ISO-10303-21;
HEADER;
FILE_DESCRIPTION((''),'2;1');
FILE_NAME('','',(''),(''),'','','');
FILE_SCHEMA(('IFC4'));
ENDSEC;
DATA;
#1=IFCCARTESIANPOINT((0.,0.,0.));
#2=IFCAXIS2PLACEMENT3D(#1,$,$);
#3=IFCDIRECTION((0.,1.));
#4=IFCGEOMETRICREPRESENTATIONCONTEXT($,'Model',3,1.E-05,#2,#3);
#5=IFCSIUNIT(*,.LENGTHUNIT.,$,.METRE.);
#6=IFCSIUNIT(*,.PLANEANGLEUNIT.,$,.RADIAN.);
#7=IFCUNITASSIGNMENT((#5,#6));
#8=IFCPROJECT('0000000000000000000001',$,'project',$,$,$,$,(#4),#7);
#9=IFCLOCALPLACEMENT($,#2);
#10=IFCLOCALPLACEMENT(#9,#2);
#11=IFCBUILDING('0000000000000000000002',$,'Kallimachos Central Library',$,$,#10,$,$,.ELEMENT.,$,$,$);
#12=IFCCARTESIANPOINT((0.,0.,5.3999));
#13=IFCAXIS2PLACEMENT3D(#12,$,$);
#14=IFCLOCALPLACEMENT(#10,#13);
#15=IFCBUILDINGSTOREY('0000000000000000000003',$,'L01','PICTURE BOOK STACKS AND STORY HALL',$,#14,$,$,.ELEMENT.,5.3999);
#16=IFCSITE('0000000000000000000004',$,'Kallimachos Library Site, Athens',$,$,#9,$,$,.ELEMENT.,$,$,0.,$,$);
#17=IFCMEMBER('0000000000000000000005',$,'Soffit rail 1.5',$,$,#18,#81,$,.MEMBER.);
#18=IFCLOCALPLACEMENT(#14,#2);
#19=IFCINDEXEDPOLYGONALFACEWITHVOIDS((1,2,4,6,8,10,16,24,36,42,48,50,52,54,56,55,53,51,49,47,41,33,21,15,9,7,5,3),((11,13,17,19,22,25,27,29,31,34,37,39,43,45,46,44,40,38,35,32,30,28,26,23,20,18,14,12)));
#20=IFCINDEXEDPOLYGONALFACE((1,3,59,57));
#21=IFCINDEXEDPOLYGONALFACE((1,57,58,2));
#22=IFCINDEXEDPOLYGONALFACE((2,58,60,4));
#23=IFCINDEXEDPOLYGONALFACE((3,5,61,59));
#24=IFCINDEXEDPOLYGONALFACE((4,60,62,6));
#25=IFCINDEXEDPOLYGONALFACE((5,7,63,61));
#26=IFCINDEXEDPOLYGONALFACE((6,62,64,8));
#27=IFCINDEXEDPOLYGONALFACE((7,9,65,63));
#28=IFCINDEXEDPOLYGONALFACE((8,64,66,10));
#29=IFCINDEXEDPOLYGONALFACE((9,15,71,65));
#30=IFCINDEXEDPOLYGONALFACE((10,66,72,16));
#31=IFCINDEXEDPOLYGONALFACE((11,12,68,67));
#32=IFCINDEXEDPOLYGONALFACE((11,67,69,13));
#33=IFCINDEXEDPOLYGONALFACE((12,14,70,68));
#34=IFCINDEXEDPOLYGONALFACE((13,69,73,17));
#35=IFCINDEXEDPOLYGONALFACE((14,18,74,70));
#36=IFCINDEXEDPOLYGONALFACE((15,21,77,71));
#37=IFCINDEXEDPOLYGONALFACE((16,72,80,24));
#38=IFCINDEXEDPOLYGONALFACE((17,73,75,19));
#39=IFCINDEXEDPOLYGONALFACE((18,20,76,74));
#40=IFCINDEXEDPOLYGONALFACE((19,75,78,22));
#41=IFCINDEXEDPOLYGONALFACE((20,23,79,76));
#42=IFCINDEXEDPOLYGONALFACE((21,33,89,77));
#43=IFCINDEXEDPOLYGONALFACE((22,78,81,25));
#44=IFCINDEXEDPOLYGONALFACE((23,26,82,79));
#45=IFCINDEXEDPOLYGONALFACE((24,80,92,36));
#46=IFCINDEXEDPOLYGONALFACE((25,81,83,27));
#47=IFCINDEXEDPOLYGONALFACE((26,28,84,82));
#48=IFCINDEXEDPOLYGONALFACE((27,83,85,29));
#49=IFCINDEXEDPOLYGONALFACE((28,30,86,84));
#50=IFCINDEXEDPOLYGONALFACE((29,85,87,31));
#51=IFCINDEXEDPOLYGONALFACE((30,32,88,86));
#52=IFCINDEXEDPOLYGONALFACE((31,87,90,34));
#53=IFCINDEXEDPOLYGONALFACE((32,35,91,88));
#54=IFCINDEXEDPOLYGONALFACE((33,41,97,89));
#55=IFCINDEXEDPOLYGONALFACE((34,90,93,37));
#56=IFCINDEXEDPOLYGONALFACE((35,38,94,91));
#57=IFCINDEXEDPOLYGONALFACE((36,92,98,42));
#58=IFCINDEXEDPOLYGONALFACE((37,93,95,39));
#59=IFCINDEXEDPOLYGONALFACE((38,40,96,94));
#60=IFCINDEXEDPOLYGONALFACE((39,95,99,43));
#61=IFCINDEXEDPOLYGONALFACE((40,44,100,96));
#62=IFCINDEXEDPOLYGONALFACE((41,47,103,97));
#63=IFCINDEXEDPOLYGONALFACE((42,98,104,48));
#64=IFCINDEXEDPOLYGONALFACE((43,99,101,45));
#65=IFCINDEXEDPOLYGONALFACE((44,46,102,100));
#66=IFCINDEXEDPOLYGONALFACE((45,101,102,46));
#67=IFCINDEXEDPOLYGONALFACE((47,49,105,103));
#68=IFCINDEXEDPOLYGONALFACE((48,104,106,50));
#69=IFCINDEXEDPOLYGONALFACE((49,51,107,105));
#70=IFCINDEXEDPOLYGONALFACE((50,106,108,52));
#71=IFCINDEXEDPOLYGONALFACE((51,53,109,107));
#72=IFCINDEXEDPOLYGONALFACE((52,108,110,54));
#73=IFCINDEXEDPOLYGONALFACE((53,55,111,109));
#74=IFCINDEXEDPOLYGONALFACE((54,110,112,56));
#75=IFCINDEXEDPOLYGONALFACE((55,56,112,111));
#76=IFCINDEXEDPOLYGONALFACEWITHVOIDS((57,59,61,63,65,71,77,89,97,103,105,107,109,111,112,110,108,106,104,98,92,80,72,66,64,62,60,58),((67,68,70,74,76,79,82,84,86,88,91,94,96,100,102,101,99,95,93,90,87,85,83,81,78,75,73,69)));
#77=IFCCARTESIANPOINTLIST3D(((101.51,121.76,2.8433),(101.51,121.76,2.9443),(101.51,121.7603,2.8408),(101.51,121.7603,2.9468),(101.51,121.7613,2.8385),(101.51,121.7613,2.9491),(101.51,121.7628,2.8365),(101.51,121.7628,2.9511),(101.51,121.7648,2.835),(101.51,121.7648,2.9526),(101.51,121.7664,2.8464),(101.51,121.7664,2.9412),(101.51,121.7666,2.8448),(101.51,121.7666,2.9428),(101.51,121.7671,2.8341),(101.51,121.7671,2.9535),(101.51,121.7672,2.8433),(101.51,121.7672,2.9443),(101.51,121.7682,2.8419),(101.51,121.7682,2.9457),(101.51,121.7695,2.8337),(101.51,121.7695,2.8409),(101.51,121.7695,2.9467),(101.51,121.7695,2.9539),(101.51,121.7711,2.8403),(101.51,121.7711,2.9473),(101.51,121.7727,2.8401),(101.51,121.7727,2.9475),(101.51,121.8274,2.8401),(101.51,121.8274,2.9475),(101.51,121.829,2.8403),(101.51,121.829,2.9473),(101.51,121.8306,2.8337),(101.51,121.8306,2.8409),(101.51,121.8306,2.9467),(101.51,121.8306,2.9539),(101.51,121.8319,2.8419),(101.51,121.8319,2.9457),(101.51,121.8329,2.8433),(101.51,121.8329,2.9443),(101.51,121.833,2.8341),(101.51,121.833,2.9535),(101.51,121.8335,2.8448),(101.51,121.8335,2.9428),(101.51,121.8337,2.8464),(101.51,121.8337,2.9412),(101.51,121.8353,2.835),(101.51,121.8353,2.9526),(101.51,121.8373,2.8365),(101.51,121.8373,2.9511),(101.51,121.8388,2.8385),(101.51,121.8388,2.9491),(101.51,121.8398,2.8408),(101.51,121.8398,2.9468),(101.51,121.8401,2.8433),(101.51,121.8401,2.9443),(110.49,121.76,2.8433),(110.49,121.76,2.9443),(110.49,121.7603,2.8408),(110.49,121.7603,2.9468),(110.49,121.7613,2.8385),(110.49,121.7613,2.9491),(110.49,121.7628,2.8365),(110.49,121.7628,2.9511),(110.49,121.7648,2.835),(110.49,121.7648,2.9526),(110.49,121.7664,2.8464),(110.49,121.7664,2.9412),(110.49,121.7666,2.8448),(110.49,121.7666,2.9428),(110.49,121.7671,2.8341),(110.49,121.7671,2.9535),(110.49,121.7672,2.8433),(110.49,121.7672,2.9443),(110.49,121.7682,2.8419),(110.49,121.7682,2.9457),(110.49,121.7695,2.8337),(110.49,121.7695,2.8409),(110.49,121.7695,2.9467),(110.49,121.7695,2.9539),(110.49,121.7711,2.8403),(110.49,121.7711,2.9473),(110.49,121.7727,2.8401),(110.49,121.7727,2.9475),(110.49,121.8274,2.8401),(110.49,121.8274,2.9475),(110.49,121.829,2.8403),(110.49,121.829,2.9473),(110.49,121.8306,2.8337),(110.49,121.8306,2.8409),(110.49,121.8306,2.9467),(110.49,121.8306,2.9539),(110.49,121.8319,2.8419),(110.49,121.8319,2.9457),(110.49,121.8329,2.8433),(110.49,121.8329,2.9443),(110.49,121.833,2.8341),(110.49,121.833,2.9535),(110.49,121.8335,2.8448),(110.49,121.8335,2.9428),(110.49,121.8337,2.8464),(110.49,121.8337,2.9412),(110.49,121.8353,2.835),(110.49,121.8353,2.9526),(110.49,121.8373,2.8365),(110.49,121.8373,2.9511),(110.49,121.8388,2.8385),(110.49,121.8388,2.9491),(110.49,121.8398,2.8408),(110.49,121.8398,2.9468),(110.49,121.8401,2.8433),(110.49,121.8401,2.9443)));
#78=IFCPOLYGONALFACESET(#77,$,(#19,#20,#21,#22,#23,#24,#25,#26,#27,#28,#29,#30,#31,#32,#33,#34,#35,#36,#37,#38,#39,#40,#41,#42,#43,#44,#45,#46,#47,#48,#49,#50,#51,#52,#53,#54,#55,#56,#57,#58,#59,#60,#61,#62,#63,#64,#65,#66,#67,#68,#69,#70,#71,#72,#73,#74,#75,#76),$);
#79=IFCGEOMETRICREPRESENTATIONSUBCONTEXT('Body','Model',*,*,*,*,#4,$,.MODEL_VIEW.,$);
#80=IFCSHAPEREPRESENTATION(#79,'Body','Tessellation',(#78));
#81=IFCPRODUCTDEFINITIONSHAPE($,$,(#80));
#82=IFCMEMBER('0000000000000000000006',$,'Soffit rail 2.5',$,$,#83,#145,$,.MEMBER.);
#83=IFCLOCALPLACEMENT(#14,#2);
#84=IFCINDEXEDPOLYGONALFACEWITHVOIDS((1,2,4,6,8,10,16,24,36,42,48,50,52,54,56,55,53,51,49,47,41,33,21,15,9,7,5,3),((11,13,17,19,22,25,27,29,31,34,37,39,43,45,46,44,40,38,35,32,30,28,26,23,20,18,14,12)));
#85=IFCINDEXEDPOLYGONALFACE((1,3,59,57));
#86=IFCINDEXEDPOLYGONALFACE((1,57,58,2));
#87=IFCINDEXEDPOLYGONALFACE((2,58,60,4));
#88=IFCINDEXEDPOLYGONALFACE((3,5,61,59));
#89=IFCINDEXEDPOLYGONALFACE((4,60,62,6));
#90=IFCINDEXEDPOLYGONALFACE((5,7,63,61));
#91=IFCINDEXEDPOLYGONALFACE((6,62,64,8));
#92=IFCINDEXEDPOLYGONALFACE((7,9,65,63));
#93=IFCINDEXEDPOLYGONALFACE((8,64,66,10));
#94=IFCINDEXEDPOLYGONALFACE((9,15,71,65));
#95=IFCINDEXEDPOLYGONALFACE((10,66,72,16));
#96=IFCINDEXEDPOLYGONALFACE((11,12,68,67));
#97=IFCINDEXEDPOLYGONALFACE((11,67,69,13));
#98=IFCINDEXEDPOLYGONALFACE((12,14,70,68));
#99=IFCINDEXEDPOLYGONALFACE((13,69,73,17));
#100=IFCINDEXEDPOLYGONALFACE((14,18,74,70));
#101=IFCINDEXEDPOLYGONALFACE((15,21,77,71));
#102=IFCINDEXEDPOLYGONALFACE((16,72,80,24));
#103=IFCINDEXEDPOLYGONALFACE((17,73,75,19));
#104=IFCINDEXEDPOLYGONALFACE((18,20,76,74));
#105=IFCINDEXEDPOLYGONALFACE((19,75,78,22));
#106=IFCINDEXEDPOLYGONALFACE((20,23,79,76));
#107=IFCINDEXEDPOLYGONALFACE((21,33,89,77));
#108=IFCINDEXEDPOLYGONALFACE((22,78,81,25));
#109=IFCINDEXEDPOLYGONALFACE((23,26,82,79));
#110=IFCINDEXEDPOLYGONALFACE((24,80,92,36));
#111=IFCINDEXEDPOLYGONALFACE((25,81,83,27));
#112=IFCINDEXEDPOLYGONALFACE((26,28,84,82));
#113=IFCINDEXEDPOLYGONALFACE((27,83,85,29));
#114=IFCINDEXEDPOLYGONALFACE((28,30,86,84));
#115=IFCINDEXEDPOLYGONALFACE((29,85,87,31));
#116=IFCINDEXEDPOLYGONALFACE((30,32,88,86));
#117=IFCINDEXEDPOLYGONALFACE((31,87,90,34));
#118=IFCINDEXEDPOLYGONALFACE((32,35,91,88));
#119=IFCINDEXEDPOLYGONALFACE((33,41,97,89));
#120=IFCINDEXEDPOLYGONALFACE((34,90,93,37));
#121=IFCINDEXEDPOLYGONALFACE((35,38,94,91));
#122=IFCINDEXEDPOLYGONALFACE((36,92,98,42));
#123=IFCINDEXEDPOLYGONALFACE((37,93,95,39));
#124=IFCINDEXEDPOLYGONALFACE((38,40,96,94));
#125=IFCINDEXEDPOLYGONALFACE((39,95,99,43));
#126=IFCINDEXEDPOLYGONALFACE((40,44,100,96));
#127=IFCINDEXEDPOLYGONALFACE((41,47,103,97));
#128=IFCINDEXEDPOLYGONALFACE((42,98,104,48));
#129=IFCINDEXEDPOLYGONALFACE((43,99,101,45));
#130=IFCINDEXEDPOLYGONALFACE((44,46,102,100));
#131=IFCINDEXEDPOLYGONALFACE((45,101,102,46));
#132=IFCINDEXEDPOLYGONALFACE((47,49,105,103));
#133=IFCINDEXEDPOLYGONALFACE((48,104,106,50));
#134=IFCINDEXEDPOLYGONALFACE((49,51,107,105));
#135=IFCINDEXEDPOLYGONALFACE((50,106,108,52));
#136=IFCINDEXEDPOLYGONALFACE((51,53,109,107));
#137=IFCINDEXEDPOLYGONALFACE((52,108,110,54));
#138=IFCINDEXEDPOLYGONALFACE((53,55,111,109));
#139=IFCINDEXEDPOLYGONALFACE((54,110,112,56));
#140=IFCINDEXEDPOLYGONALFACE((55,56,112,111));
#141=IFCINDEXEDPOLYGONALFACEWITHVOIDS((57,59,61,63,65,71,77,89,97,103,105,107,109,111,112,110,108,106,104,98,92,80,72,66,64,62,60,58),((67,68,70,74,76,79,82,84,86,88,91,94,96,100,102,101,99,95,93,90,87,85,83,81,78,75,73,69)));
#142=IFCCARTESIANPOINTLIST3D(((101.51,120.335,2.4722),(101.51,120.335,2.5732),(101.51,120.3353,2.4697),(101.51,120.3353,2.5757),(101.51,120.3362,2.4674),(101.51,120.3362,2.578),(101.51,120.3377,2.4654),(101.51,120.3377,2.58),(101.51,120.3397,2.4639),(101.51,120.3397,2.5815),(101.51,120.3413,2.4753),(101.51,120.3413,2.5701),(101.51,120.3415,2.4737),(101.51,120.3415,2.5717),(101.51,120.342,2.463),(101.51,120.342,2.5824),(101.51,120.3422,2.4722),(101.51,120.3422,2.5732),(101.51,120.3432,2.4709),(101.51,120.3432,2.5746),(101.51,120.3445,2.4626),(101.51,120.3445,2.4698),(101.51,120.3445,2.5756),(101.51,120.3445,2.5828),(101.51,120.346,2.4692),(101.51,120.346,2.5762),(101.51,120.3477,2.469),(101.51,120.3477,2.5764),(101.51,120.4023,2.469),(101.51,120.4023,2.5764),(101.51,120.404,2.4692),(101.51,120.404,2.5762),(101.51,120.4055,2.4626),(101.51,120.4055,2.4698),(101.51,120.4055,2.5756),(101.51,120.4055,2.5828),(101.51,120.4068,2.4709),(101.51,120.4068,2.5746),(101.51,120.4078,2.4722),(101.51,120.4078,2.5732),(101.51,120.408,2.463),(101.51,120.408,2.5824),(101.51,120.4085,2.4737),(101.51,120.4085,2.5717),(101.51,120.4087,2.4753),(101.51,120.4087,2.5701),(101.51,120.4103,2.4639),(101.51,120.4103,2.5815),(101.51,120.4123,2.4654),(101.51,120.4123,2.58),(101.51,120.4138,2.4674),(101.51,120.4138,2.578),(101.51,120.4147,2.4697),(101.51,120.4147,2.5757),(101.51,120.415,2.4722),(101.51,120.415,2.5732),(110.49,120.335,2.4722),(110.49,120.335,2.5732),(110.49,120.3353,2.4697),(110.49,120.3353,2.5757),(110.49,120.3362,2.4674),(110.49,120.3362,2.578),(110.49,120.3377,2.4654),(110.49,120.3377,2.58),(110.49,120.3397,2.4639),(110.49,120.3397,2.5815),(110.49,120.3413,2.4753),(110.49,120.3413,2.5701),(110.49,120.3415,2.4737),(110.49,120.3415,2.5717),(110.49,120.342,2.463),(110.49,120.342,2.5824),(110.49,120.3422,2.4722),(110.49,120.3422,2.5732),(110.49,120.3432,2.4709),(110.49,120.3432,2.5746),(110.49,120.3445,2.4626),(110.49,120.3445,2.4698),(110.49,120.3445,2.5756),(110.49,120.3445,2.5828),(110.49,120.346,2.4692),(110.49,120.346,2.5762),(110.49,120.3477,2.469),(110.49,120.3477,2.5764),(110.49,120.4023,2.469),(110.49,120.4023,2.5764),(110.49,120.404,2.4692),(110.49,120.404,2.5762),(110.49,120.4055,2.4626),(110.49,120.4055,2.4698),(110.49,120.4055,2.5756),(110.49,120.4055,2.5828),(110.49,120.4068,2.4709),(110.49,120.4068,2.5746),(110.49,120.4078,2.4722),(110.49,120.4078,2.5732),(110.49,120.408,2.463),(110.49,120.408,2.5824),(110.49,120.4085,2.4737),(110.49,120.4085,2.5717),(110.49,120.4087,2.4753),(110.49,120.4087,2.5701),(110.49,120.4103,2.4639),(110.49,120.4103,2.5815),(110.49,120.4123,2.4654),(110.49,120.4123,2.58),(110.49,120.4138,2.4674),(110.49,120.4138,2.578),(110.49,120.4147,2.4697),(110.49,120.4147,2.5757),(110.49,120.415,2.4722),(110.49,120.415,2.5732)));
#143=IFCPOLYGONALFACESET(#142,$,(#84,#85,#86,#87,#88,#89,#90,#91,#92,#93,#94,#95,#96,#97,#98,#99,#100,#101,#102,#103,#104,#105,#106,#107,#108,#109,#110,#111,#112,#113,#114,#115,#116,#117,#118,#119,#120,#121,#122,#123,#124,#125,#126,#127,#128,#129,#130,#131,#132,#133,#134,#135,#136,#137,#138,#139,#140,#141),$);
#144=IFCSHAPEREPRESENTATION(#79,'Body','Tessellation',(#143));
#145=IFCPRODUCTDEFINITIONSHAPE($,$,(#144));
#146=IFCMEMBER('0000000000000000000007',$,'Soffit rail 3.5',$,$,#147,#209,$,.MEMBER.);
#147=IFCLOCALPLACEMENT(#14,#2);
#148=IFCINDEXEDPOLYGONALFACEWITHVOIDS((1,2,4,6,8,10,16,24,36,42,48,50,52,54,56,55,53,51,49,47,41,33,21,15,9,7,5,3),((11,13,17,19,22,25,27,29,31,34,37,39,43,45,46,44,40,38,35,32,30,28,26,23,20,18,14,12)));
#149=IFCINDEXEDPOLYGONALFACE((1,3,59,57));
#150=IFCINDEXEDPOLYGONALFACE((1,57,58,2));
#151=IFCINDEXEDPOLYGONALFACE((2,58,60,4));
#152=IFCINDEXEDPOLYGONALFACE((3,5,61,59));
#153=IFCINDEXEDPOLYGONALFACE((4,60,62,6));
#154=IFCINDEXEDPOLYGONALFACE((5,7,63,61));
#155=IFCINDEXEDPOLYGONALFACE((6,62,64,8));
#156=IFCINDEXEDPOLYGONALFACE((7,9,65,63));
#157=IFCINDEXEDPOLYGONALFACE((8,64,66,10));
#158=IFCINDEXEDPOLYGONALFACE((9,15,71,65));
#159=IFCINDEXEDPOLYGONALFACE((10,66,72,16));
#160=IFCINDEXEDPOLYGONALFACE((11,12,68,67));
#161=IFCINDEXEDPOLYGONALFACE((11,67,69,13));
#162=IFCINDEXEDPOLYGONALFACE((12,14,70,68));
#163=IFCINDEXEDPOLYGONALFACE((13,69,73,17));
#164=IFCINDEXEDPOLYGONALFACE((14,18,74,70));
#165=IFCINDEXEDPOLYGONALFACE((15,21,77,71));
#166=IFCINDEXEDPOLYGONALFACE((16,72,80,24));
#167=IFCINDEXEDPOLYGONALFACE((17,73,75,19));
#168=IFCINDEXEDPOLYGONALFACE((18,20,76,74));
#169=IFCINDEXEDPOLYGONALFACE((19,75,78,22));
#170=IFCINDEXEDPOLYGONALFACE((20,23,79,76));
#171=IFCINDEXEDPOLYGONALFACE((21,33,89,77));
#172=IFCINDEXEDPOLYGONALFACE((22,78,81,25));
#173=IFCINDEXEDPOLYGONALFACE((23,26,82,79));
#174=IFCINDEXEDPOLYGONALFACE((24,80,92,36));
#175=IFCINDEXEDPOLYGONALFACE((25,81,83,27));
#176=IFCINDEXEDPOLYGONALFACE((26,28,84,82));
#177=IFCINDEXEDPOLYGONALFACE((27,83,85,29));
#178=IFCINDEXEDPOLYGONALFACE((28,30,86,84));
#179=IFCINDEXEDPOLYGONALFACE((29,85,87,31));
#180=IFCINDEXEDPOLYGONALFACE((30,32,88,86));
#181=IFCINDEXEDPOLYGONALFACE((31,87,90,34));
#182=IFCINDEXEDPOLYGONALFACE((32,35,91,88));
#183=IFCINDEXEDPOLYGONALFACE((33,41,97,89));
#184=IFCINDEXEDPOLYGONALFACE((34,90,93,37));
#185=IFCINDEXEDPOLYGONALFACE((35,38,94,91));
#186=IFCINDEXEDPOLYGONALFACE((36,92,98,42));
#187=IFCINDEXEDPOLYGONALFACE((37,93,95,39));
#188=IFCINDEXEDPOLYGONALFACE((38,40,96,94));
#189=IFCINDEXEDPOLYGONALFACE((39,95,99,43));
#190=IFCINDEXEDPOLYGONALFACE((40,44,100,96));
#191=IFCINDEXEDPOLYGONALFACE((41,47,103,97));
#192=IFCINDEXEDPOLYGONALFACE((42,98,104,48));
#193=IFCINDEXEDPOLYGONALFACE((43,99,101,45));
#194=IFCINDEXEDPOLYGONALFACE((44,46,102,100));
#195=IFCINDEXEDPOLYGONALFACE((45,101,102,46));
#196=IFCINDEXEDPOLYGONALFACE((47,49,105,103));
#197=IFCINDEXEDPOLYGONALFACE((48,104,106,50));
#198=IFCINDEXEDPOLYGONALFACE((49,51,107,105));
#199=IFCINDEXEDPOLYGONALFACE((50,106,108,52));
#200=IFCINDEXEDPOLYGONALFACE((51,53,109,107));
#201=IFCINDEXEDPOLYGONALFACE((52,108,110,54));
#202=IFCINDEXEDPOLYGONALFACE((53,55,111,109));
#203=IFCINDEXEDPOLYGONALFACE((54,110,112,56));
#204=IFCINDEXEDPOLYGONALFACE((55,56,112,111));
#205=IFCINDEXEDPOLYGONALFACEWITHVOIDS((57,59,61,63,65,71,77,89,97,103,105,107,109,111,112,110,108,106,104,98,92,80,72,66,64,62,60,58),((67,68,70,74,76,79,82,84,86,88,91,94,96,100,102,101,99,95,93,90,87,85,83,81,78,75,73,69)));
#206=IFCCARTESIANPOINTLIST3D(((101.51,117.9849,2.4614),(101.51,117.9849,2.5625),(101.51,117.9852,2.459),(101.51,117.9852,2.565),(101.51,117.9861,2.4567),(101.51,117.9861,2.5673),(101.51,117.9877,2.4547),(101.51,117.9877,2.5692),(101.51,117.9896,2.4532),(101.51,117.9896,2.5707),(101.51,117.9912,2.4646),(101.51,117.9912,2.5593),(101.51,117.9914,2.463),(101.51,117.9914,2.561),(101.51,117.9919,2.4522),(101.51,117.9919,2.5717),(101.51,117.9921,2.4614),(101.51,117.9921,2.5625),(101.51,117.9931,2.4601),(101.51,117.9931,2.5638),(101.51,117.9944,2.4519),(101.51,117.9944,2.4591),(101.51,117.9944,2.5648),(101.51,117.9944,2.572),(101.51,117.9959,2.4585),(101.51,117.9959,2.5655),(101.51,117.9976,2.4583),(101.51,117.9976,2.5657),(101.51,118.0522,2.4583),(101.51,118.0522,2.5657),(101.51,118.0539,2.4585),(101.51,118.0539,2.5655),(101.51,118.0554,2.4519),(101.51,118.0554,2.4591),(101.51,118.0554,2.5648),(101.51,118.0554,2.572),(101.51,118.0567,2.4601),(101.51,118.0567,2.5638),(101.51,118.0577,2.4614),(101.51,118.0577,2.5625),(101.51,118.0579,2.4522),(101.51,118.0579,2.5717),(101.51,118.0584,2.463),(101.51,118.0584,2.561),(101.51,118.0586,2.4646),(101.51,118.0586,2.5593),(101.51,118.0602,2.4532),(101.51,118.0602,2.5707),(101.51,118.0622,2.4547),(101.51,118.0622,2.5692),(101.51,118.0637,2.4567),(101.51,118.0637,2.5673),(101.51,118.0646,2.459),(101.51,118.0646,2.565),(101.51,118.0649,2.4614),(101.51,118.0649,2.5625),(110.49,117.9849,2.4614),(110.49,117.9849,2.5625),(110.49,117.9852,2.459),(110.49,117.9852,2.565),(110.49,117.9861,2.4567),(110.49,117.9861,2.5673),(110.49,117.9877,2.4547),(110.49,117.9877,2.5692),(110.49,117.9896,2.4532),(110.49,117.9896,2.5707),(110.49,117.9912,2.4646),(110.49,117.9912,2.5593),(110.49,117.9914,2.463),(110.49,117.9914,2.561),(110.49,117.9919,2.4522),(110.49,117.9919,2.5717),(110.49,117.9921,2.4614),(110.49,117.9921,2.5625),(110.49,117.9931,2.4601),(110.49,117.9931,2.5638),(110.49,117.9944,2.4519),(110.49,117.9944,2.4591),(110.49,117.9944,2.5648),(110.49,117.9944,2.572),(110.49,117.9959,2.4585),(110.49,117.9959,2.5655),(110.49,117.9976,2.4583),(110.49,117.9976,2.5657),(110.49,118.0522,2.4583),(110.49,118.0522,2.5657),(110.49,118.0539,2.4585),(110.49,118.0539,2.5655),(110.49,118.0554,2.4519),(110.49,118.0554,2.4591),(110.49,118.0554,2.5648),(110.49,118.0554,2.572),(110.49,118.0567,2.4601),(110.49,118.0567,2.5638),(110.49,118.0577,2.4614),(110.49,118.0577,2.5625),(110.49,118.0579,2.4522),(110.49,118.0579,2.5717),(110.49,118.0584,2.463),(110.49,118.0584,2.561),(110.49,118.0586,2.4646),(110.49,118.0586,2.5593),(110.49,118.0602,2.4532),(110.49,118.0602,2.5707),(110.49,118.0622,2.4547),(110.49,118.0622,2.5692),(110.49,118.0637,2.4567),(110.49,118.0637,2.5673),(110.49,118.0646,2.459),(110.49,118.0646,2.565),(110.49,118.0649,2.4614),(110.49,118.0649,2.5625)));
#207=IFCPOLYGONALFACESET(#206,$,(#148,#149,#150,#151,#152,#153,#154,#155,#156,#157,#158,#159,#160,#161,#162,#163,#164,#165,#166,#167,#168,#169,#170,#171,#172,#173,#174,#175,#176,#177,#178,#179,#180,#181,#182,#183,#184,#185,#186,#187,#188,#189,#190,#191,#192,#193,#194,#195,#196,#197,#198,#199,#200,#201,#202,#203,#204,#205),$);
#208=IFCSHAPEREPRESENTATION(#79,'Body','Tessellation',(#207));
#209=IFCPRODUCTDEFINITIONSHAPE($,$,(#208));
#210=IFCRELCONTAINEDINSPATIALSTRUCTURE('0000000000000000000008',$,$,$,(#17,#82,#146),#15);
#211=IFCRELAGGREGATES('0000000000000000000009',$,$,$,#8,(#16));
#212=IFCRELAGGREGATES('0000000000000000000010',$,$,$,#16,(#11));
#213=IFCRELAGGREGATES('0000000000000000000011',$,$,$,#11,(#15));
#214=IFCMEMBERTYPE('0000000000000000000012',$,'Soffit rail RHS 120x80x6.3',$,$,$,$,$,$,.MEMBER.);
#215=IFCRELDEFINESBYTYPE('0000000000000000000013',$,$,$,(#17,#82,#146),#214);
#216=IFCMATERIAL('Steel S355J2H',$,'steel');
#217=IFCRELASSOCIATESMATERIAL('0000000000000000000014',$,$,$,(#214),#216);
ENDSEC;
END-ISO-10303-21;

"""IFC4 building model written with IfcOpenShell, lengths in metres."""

from ifc_helpers import new_model, si_unit, direction, frame, origin, origin_2d, place, context, subcontext, project, spatial, hollow_rectangle, extrude, material, material_profile, profile_set, type_object, element, save


model = new_model("IFC4")

# Units and contexts
model_context = context("Model", 3, precision=1e-05, world=origin(), true_north=direction((0.0, 1.0)))
body_context = subcontext(model_context, "Body", "Model", "MODEL_VIEW")
ifc_project = project(units=[si_unit("LENGTHUNIT", "METRE"), si_unit("PLANEANGLEUNIT", "RADIAN")], contexts=[model_context])

# Site, building, storey
site_placement = place(None, origin())
site = spatial("IfcSite", under=ifc_project, at=site_placement, Name="Kallimachos Library Site, Athens", CompositionType="ELEMENT", RefElevation=0.0)
building_placement = place(site_placement, origin())
building = spatial("IfcBuilding", under=site, at=building_placement, Name="Kallimachos Central Library", CompositionType="ELEMENT")
storey_placement = place(building_placement, frame((0.0, 0.0, 5.3999)))
storey = spatial("IfcBuildingStorey", under=building, at=storey_placement, Name="L01", Description="PICTURE BOOK STACKS AND STORY HALL", CompositionType="ELEMENT", Elevation=5.3999)

# Members
ifc_material_1 = material(Name="Steel S355J2H", Category="steel")
ifc_material_profile_1 = material_profile(ifc_material_1, hollow_rectangle(XDim=0.0801, YDim=0.1201, WallThickness=0.0063, InnerFilletRadius=0.0063, OuterFilletRadius=0.0095, at=origin_2d()), Name="RHS 120x80x6.3")
ifc_profile_set_1 = profile_set([ifc_material_profile_1], Name="Steel S355J2H")
member_type_1 = type_object("IfcMemberType", Name="Soffit rail RHS 120x80x6.3", PredefinedType="MEMBER", material=ifc_profile_set_1)
for number, where, z_axis, x_axis, name in (
    (1, (101.51, 121.8, 2.8938), (1.0, 0.0, 0.0), (0.0, 1.0, 0.0), "Soffit rail 1.5"),
    (2, (101.51, 120.375, 2.5227), (1.0, 0.0, 0.0), (0.0, 1.0, 0.0), "Soffit rail 2.5"),
    (3, (101.51, 118.0249, 2.512), (1.0, 0.0, 0.0), (0.0, 1.0, 0.0), "Soffit rail 3.5"),
):
    element("IfcMember", number, at=place(storey_placement, frame(where, z_axis=z_axis, x_axis=x_axis)), inside=storey, type_object=member_type_1, Name=name, PredefinedType="MEMBER", context=body_context, shape_type="SweptSolid", body=[
        extrude(hollow_rectangle(XDim=0.0801, YDim=0.1201, WallThickness=0.0063, InnerFilletRadius=0.0063, OuterFilletRadius=0.0095, at=origin_2d()), origin(), (0.0, 0.0, 1.0), 8.98),
    ])

save(model, "model.ifc")
